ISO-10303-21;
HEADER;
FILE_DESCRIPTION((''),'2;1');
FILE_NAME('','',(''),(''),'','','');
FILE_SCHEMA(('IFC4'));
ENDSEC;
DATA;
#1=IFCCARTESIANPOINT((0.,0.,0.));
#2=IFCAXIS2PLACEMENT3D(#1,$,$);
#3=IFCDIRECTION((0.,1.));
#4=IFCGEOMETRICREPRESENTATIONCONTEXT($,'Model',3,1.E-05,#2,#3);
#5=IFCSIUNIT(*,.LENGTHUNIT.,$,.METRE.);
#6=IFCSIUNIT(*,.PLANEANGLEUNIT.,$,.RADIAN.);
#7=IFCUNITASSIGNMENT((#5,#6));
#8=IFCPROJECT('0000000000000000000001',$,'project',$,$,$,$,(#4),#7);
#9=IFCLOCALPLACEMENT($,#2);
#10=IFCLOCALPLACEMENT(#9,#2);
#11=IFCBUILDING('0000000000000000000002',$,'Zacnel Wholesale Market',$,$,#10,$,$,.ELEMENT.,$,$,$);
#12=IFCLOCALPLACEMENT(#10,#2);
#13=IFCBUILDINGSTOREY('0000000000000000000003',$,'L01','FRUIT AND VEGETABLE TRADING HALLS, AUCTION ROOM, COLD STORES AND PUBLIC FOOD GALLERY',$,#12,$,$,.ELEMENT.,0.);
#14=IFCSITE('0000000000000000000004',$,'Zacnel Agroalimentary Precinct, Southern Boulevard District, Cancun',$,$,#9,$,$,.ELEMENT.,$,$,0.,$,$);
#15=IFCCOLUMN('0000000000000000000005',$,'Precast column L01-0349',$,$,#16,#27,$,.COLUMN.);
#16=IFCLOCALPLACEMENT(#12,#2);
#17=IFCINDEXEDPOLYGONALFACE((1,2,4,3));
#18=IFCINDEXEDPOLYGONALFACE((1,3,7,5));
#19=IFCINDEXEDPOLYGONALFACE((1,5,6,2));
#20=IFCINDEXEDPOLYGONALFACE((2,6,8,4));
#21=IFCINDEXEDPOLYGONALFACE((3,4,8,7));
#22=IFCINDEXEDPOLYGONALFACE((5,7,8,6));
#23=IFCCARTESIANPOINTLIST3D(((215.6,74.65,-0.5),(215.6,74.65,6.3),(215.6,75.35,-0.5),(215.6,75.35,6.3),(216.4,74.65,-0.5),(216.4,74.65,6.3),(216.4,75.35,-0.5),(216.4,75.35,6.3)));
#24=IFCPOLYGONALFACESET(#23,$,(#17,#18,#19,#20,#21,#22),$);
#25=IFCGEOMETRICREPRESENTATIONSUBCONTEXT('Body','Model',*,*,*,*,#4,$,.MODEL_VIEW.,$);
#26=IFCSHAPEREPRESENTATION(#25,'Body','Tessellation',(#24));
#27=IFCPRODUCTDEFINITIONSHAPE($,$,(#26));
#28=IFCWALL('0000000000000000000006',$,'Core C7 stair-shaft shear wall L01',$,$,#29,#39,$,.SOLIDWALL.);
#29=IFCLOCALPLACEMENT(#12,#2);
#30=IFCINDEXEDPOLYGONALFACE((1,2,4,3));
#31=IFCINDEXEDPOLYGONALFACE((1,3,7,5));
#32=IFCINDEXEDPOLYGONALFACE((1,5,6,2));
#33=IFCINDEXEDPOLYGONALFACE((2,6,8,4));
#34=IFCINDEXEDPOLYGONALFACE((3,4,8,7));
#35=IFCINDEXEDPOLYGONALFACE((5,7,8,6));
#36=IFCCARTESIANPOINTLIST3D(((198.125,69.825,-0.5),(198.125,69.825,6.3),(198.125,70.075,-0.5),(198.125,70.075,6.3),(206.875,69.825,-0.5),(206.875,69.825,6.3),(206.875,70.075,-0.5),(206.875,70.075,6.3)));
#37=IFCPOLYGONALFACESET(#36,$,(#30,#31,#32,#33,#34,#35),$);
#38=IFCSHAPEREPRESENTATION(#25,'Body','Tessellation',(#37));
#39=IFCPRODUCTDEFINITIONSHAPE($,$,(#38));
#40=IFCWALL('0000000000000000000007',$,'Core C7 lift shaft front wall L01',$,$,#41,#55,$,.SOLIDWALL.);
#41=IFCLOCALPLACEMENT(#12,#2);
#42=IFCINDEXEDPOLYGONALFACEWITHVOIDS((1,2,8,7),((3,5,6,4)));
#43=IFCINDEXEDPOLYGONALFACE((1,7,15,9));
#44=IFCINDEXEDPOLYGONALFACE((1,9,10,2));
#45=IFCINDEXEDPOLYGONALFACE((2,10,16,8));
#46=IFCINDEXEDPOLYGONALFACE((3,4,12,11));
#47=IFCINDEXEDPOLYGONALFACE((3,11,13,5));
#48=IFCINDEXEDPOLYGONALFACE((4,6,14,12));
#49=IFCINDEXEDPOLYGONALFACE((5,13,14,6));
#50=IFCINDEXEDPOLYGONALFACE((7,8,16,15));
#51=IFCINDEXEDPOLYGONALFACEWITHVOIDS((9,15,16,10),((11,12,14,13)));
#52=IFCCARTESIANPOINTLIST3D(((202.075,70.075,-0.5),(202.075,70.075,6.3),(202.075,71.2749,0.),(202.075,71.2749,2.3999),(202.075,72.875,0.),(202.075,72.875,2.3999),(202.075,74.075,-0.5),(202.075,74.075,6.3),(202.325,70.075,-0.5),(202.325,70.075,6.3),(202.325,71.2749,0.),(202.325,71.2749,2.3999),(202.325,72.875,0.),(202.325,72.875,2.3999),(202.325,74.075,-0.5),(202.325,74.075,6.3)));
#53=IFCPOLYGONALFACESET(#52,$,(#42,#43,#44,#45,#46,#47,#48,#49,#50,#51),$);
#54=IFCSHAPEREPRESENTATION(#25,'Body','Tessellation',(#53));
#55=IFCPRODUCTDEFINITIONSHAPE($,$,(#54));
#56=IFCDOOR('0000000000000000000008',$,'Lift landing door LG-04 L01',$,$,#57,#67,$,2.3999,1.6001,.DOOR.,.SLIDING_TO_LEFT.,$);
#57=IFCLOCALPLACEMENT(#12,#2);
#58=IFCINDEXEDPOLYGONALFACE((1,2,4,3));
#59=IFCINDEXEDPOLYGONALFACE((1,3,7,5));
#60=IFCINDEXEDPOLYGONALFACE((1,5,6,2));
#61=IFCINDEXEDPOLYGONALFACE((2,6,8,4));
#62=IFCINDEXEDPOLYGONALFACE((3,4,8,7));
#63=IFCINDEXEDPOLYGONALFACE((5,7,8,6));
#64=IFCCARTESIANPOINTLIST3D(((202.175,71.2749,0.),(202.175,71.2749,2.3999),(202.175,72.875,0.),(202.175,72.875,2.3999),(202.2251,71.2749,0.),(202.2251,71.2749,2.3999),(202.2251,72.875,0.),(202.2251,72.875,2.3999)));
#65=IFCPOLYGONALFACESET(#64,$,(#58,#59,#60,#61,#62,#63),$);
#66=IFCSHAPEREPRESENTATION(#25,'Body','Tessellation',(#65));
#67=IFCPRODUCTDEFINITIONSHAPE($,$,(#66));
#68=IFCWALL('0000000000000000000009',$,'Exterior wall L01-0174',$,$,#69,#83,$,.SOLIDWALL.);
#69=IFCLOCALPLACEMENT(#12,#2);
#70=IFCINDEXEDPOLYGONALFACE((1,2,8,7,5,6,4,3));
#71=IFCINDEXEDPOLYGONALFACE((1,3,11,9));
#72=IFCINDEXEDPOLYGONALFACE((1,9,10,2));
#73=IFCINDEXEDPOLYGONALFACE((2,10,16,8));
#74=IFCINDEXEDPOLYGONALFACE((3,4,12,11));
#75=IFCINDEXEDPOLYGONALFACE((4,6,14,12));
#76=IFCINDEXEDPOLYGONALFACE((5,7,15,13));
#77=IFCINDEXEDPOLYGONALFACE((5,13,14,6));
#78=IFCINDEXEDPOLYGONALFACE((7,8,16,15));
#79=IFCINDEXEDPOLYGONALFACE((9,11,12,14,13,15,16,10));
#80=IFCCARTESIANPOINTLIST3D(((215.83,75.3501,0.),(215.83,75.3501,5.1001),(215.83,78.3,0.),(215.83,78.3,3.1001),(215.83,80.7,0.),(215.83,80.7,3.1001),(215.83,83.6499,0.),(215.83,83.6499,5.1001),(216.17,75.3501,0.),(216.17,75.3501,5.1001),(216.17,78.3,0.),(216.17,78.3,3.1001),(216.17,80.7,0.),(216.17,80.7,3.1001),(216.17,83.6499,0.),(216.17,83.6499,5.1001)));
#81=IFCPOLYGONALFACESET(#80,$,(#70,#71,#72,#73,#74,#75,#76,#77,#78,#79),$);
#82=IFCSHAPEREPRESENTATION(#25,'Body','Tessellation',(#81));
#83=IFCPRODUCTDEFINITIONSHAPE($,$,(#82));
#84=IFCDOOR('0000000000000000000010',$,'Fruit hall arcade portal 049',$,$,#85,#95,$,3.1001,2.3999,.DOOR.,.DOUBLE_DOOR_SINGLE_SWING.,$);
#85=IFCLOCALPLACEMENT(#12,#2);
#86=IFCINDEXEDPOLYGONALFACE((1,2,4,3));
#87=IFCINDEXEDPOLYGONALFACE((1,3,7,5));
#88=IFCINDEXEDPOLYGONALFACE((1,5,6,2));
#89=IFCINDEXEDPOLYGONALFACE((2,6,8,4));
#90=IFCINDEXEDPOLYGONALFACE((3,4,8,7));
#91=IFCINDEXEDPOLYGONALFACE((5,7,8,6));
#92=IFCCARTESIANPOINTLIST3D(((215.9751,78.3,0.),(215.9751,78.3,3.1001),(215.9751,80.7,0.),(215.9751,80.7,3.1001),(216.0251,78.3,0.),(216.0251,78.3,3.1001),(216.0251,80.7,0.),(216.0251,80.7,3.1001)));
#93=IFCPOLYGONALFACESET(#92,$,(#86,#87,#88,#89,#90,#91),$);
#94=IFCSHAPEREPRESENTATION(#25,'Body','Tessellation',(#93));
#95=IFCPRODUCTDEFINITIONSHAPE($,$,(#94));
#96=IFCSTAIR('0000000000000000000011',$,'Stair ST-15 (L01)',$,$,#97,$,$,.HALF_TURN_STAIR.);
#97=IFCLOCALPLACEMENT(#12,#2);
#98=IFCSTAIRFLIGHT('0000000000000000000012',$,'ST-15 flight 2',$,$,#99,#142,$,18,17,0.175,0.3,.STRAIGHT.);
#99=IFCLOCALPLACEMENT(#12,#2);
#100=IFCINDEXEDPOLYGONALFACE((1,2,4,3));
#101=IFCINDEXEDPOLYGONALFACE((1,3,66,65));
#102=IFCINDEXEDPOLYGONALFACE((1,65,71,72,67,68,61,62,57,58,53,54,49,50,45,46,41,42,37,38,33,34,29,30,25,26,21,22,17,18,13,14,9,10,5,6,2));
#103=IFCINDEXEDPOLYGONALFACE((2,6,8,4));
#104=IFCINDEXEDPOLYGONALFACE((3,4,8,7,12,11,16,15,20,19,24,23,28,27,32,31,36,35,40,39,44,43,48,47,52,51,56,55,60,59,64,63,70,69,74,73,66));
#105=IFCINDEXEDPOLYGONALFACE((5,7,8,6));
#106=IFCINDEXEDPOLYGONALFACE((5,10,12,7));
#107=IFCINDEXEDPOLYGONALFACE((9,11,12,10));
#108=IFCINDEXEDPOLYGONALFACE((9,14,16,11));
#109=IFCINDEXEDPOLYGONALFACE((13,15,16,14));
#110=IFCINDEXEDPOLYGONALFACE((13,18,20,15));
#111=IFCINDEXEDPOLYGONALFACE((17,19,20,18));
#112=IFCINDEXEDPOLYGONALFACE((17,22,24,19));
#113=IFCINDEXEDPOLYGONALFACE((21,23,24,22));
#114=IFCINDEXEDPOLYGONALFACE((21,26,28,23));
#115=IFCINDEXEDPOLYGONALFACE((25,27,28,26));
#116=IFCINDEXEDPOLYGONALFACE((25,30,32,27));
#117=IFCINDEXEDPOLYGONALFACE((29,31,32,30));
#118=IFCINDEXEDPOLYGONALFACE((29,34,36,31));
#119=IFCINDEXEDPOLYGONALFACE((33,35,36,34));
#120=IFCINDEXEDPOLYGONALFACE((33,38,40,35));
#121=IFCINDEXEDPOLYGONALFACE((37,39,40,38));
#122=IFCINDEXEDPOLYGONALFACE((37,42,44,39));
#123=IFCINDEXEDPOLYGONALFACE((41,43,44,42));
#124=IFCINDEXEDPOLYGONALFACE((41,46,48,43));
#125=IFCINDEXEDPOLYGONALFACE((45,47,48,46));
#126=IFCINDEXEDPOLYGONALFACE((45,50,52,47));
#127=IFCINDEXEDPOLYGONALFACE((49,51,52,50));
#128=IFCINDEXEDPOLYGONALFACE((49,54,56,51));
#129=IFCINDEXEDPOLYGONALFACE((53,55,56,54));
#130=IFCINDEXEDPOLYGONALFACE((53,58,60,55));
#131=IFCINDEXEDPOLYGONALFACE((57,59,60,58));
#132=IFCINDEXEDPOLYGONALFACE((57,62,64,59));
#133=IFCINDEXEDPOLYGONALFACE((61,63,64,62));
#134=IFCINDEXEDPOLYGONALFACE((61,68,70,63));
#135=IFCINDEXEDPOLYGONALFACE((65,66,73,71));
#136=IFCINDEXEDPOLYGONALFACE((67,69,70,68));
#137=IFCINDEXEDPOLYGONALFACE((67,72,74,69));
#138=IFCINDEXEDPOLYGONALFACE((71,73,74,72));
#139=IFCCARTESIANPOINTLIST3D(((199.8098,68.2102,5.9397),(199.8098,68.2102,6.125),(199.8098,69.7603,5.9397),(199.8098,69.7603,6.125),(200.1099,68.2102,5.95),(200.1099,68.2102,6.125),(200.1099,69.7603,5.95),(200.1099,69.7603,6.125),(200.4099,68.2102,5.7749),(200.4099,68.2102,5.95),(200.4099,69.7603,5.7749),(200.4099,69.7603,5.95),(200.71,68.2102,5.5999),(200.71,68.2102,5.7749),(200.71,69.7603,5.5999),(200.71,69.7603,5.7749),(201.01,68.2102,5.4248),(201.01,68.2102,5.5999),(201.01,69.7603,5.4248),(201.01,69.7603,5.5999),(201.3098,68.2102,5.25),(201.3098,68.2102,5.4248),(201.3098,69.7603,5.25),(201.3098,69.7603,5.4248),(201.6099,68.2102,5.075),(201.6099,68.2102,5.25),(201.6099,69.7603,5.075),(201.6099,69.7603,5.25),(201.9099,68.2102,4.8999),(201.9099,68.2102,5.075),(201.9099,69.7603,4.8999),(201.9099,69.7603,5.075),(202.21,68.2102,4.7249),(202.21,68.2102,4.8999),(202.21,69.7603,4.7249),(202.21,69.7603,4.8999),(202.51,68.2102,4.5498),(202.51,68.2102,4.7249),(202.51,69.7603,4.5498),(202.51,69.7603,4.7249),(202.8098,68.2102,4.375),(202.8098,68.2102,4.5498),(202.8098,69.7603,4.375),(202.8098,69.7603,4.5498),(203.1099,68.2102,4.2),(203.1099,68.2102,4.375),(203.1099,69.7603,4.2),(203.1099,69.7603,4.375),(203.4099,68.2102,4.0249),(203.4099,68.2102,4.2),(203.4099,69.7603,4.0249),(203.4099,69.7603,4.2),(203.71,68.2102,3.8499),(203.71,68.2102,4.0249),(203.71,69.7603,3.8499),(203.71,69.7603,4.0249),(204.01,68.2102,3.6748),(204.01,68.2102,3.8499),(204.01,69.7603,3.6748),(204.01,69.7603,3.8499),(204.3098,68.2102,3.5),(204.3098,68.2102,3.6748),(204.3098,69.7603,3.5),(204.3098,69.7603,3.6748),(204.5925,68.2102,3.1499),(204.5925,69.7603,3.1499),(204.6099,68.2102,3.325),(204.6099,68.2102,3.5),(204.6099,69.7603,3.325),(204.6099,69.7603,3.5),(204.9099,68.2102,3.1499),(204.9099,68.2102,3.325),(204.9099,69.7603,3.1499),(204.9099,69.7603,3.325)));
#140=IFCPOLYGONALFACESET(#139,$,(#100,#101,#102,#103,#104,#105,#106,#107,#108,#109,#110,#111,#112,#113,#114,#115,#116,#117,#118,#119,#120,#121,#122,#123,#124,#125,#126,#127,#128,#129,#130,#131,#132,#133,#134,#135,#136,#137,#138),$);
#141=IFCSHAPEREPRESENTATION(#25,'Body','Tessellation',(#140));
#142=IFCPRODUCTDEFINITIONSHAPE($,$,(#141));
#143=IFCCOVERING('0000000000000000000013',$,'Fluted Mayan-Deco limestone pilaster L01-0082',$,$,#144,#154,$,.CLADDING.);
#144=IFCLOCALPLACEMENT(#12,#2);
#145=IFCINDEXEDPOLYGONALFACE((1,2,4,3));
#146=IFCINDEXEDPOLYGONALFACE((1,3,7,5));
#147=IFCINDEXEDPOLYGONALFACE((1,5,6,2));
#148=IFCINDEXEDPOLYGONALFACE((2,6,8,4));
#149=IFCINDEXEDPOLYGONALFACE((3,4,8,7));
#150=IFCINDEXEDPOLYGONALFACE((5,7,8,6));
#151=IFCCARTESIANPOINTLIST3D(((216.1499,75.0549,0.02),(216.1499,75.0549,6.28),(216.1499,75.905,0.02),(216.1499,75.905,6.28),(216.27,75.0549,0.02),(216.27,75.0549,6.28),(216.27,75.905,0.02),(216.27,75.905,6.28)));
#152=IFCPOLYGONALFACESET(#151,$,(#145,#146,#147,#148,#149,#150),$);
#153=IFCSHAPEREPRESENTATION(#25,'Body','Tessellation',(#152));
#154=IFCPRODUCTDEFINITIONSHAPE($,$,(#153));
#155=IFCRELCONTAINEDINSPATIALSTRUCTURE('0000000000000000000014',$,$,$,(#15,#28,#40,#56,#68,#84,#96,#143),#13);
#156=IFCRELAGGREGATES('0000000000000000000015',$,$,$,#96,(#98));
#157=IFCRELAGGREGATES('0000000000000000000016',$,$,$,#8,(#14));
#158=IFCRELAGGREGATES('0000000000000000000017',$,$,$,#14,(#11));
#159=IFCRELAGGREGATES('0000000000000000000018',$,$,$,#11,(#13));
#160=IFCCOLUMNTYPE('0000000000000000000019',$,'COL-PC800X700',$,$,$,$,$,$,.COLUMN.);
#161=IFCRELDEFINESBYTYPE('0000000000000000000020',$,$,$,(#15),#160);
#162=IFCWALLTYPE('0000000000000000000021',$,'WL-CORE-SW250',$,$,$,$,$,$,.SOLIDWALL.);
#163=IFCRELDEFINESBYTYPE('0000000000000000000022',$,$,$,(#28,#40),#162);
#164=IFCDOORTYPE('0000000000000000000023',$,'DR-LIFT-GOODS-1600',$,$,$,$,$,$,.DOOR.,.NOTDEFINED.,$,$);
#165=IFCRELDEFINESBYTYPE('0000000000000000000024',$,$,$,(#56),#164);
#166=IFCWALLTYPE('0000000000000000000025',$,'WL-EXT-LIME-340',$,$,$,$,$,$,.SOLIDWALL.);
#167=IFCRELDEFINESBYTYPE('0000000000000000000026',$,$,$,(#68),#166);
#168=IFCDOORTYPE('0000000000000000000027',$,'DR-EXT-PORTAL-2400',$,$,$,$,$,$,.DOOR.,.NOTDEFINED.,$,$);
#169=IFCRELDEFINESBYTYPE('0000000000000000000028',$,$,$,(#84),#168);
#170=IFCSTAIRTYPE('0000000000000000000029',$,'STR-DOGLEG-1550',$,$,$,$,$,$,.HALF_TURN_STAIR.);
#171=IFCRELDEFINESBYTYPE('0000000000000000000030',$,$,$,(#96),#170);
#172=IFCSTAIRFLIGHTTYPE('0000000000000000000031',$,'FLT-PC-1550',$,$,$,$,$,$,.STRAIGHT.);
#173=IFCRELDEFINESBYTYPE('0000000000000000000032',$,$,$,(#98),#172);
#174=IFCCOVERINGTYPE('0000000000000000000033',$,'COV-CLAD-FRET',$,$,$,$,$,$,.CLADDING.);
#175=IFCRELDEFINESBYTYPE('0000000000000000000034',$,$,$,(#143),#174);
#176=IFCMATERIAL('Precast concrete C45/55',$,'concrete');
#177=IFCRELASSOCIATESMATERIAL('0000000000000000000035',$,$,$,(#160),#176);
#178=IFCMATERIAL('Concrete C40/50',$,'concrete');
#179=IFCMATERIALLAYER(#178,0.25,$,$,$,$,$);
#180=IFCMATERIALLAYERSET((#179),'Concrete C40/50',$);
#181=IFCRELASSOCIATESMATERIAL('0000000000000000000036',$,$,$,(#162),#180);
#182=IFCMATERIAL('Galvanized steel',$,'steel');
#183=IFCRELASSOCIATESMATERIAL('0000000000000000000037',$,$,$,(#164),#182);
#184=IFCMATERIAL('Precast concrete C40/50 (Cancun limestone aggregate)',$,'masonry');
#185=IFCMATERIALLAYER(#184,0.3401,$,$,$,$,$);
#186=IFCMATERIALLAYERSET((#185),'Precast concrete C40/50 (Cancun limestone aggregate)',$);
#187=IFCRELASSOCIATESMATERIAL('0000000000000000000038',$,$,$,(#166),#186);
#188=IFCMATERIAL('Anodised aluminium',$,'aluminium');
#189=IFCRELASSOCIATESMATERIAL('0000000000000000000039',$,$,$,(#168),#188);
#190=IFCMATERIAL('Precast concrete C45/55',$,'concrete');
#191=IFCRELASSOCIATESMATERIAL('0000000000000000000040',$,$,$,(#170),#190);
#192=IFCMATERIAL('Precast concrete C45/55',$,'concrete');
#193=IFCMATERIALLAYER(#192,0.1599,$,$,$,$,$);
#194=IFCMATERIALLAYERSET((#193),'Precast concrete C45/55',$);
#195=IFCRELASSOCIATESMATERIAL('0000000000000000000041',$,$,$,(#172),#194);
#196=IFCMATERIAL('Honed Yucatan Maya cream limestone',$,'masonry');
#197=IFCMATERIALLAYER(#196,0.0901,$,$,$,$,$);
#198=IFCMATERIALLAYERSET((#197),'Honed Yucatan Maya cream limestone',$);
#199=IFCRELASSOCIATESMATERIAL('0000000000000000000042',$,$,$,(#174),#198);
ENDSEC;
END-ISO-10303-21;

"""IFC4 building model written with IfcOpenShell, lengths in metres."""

from ifc_helpers import new_model, si_unit, direction, frame, frame_2d, origin, origin_2d, place, context, subcontext, project, spatial, polyline, rectangle, outline, extrude, material, layer, layer_set, material_profile, profile_set, type_object, element, fill, aggregate, save


model = new_model("IFC4")

# Units and contexts
model_context = context("Model", 3, precision=1e-05, world=origin(), true_north=direction((0.0, 1.0)))
body_context = subcontext(model_context, "Body", "Model", "MODEL_VIEW")
ifc_project = project(units=[si_unit("LENGTHUNIT", "METRE"), si_unit("PLANEANGLEUNIT", "RADIAN")], contexts=[model_context])

# Site, building, storey
site_placement = place(None, origin())
site = spatial("IfcSite", under=ifc_project, at=site_placement, Name="Zacnel Agroalimentary Precinct, Southern Boulevard District, Cancun", CompositionType="ELEMENT", RefElevation=0.0)
building_placement = place(site_placement, origin())
building = spatial("IfcBuilding", under=site, at=building_placement, Name="Zacnel Wholesale Market", CompositionType="ELEMENT")
storey_placement = place(building_placement, origin())
storey = spatial("IfcBuildingStorey", under=building, at=storey_placement, Name="L01", Description="FRUIT AND VEGETABLE TRADING HALLS, AUCTION ROOM, COLD STORES AND PUBLIC FOOD GALLERY", CompositionType="ELEMENT", Elevation=0.0)

# Column
ifc_material_1 = material(Name="Precast concrete C45/55", Category="concrete")
ifc_material_profile_1 = material_profile(ifc_material_1, rectangle(XDim=0.8, YDim=0.7, at=origin_2d()), Name="PC 800x700")
ifc_profile_set_1 = profile_set([ifc_material_profile_1], Name="Precast concrete C45/55")
column_type = type_object("IfcColumnType", Name="COL-PC800X700", PredefinedType="COLUMN", material=ifc_profile_set_1)
for number, where, z_axis, x_axis, name in (
    (1, (216.0, 75.0, -0.5), (0.0, 0.0, 1.0), (1.0, 0.0, 0.0), "Precast column L01-0349"),
):
    element("IfcColumn", number, at=place(storey_placement, frame(where, z_axis=z_axis, x_axis=x_axis)), inside=storey, type_object=column_type, Name=name, PredefinedType="COLUMN", context=body_context, shape_type="SweptSolid", body=[
        extrude(rectangle(XDim=0.8, YDim=0.7, at=origin_2d()), origin(), (0.0, 0.0, 1.0), 6.8),
    ])

# Wall
ifc_material_2 = material(Name="Concrete C40/50", Category="concrete")
ifc_layer_1 = layer(ifc_material_2, 0.25)
ifc_layer_set_1 = layer_set([ifc_layer_1], Name="Concrete C40/50")
wall_type_1 = type_object("IfcWallType", Name="WL-CORE-SW250", PredefinedType="SOLIDWALL", material=ifc_layer_set_1)
wall_1_placement = place(storey_placement, frame((198.125, 69.95, -0.5), z_axis=(0.0, 0.0, 1.0), x_axis=(1.0, 0.0, 0.0)))
element("IfcWall", 2, at=wall_1_placement, inside=storey, type_object=wall_type_1, Name="Core C7 stair-shaft shear wall L01", PredefinedType="SOLIDWALL", context=body_context, shape_type="SweptSolid", body=[
    extrude(rectangle(XDim=8.75, YDim=0.25, at=frame_2d((4.375, 0.0))), origin(), (0.0, 0.0, 1.0), 6.8),
])

# Walls, openings, doors
wall_2_placement = place(storey_placement, frame((202.2, 70.075, -0.5), z_axis=(0.0, 0.0, 1.0), x_axis=(0.0, 1.0, 0.0)))
wall_2 = element("IfcWall", 3, at=wall_2_placement, inside=storey, type_object=wall_type_1, Name="Core C7 lift shaft front wall L01", PredefinedType="SOLIDWALL", context=body_context, shape_type="SweptSolid", body=[
    extrude(rectangle(XDim=4.0, YDim=0.25, at=frame_2d((2.0, 0.0))), origin(), (0.0, 0.0, 1.0), 6.8),
])
opening_1_placement = place(wall_2_placement, frame((1.2, 0.0, 0.5)))
opening_1 = element("IfcOpeningElement", 4, at=opening_1_placement, cuts=wall_2, PredefinedType="OPENING", context=body_context, shape_type="SweptSolid", body=[
    extrude(rectangle(XDim=1.6001, YDim=2.3999, at=frame_2d((0.8, 1.2))), frame((0.0, 0.135, 0.0), z_axis=(0.0, -1.0, 0.0), x_axis=(1.0, 0.0, 0.0)), (0.0, 0.0, 1.0), 0.27),
])
ifc_material_3 = material(Name="Galvanized steel", Category="steel")
door_type_1 = type_object("IfcDoorType", Name="DR-LIFT-GOODS-1600", OperationType="NOTDEFINED", PredefinedType="DOOR", material=ifc_material_3)
door_1_placement = place(opening_1_placement, origin())
door_1 = element("IfcDoor", 5, at=door_1_placement, inside=storey, type_object=door_type_1, Name="Lift landing door LG-04 L01", OperationType="SLIDING_TO_LEFT", OverallHeight=2.3999, OverallWidth=1.6001, PredefinedType="DOOR", context=body_context, shape_type="SweptSolid", body=[
    extrude(rectangle(XDim=1.6001, YDim=2.3999, at=frame_2d((0.8, 1.2))), frame((0.0, 0.0249, 0.0), z_axis=(0.0, -1.0, 0.0), x_axis=(1.0, 0.0, 0.0)), (0.0, 0.0, 1.0), 0.05),
])
fill(opening_1, door_1)
ifc_material_4 = material(Name="Precast concrete C40/50 (Cancun limestone aggregate)", Category="masonry")
ifc_layer_2 = layer(ifc_material_4, 0.3401)
ifc_layer_set_2 = layer_set([ifc_layer_2], Name="Precast concrete C40/50 (Cancun limestone aggregate)")
wall_type_2 = type_object("IfcWallType", Name="WL-EXT-LIME-340", PredefinedType="SOLIDWALL", material=ifc_layer_set_2)
wall_3_placement = place(storey_placement, frame((216.0, 75.3501, 0.0), z_axis=(0.0, 0.0, 1.0), x_axis=(0.0, 1.0, 0.0)))
wall_3 = element("IfcWall", 6, at=wall_3_placement, inside=storey, type_object=wall_type_2, Name="Exterior wall L01-0174", PredefinedType="SOLIDWALL", context=body_context, shape_type="SweptSolid", body=[
    extrude(rectangle(XDim=8.2998, YDim=0.3401, at=frame_2d((4.1499, 0.0))), origin(), (0.0, 0.0, 1.0), 5.1001),
])
opening_2_placement = place(wall_3_placement, frame((2.95, 0.0, 0.0)))
opening_2 = element("IfcOpeningElement", 7, at=opening_2_placement, cuts=wall_3, PredefinedType="OPENING", context=body_context, shape_type="SweptSolid", body=[
    extrude(rectangle(XDim=2.3999, YDim=3.1001, at=frame_2d((1.2, 1.55))), frame((0.0, 0.1799, 0.0), z_axis=(0.0, -1.0, 0.0), x_axis=(1.0, 0.0, 0.0)), (0.0, 0.0, 1.0), 0.3601),
])
ifc_material_5 = material(Name="Anodised aluminium", Category="aluminium")
door_type_2 = type_object("IfcDoorType", Name="DR-EXT-PORTAL-2400", OperationType="NOTDEFINED", PredefinedType="DOOR", material=ifc_material_5)
door_2_placement = place(opening_2_placement, origin())
door_2 = element("IfcDoor", 8, at=door_2_placement, inside=storey, type_object=door_type_2, Name="Fruit hall arcade portal 049", OperationType="DOUBLE_DOOR_SINGLE_SWING", OverallHeight=3.1001, OverallWidth=2.3999, PredefinedType="DOOR", context=body_context, shape_type="SweptSolid", body=[
    extrude(rectangle(XDim=2.3999, YDim=3.1001, at=frame_2d((1.2, 1.55))), frame((0.0, 0.0249, 0.0), z_axis=(0.0, -1.0, 0.0), x_axis=(1.0, 0.0, 0.0)), (0.0, 0.0, 1.0), 0.05),
])
fill(opening_2, door_2)

# Stair, stair flight
ifc_material_6 = material(Name="Precast concrete C45/55", Category="concrete")
stair_type = type_object("IfcStairType", Name="STR-DOGLEG-1550", PredefinedType="HALF_TURN_STAIR", material=ifc_material_6)
stair_placement = place(storey_placement, origin())
stair = element("IfcStair", 9, at=stair_placement, inside=storey, type_object=stair_type, Name="Stair ST-15 (L01)", PredefinedType="HALF_TURN_STAIR")
ifc_material_7 = material(Name="Precast concrete C45/55", Category="concrete")
ifc_layer_3 = layer(ifc_material_7, 0.1599)
ifc_layer_set_3 = layer_set([ifc_layer_3], Name="Precast concrete C45/55")
stair_flight_type = type_object("IfcStairFlightType", Name="FLT-PC-1550", PredefinedType="STRAIGHT", material=ifc_layer_set_3)
stair_flight_placement = place(storey_placement, frame((204.9099, 68.9851, 3.1499), z_axis=(0.0, 0.0, 1.0), x_axis=(-1.0, 0.0, 0.0)))
stair_flight = element("IfcStairFlight", 10, at=stair_flight_placement, type_object=stair_flight_type, Name="ST-15 flight 2", NumberOfRisers=18, NumberOfTreads=17, PredefinedType="STRAIGHT", RiserHeight=0.175, TreadLength=0.3, context=body_context, shape_type="SweptSolid", body=[
    extrude(outline(polyline([(0.0, 0.0), (0.0, 0.175), (0.3, 0.175), (0.3, 0.3501), (0.6001, 0.3501), (0.6001, 0.5249), (0.8999, 0.5249), (0.8999, 0.7), (1.2, 0.7), (1.2, 0.875), (1.5, 0.875), (1.5, 1.05), (1.8, 1.05), (1.8, 1.2251), (2.1001, 1.2251), (2.1001, 1.3999), (2.3999, 1.3999), (2.3999, 1.575), (2.7, 1.575), (2.7, 1.75), (3.0, 1.75), (3.0, 1.925), (3.3, 1.925), (3.3, 2.1001), (3.6001, 2.1001), (3.6001, 2.2749), (3.8999, 2.2749), (3.8999, 2.45), (4.2, 2.45), (4.2, 2.625), (4.5, 2.625), (4.5, 2.8), (4.8, 2.8), (4.8, 2.9751), (5.1001, 2.9751), (5.1001, 3.1499), (5.1001, 2.7898), (0.3174, 0.0), (0.0, 0.0)])), frame((0.0, 0.7749, 0.0), z_axis=(0.0, -1.0, 0.0), x_axis=(1.0, 0.0, 0.0)), (0.0, 0.0, 1.0), 1.55),
])
aggregate(stair, [stair_flight])

# Covering
ifc_material_8 = material(Name="Honed Yucatan Maya cream limestone", Category="masonry")
ifc_layer_4 = layer(ifc_material_8, 0.0901)
ifc_layer_set_4 = layer_set([ifc_layer_4], Name="Honed Yucatan Maya cream limestone")
covering_type = type_object("IfcCoveringType", Name="COV-CLAD-FRET", PredefinedType="CLADDING", material=ifc_layer_set_4)
covering_placement = place(storey_placement, frame((216.21, 75.48, 0.02), z_axis=(0.0, 0.0, 1.0), x_axis=(0.0, 1.0, 0.0)))
element("IfcCovering", 11, at=covering_placement, inside=storey, type_object=covering_type, Name="Fluted Mayan-Deco limestone pilaster L01-0082", PredefinedType="CLADDING", context=body_context, shape_type="SweptSolid", body=[
    extrude(rectangle(XDim=0.8501, YDim=0.1201, at=origin_2d()), origin(), (0.0, 0.0, 1.0), 6.26),
])

save(model, "model.ifc")
